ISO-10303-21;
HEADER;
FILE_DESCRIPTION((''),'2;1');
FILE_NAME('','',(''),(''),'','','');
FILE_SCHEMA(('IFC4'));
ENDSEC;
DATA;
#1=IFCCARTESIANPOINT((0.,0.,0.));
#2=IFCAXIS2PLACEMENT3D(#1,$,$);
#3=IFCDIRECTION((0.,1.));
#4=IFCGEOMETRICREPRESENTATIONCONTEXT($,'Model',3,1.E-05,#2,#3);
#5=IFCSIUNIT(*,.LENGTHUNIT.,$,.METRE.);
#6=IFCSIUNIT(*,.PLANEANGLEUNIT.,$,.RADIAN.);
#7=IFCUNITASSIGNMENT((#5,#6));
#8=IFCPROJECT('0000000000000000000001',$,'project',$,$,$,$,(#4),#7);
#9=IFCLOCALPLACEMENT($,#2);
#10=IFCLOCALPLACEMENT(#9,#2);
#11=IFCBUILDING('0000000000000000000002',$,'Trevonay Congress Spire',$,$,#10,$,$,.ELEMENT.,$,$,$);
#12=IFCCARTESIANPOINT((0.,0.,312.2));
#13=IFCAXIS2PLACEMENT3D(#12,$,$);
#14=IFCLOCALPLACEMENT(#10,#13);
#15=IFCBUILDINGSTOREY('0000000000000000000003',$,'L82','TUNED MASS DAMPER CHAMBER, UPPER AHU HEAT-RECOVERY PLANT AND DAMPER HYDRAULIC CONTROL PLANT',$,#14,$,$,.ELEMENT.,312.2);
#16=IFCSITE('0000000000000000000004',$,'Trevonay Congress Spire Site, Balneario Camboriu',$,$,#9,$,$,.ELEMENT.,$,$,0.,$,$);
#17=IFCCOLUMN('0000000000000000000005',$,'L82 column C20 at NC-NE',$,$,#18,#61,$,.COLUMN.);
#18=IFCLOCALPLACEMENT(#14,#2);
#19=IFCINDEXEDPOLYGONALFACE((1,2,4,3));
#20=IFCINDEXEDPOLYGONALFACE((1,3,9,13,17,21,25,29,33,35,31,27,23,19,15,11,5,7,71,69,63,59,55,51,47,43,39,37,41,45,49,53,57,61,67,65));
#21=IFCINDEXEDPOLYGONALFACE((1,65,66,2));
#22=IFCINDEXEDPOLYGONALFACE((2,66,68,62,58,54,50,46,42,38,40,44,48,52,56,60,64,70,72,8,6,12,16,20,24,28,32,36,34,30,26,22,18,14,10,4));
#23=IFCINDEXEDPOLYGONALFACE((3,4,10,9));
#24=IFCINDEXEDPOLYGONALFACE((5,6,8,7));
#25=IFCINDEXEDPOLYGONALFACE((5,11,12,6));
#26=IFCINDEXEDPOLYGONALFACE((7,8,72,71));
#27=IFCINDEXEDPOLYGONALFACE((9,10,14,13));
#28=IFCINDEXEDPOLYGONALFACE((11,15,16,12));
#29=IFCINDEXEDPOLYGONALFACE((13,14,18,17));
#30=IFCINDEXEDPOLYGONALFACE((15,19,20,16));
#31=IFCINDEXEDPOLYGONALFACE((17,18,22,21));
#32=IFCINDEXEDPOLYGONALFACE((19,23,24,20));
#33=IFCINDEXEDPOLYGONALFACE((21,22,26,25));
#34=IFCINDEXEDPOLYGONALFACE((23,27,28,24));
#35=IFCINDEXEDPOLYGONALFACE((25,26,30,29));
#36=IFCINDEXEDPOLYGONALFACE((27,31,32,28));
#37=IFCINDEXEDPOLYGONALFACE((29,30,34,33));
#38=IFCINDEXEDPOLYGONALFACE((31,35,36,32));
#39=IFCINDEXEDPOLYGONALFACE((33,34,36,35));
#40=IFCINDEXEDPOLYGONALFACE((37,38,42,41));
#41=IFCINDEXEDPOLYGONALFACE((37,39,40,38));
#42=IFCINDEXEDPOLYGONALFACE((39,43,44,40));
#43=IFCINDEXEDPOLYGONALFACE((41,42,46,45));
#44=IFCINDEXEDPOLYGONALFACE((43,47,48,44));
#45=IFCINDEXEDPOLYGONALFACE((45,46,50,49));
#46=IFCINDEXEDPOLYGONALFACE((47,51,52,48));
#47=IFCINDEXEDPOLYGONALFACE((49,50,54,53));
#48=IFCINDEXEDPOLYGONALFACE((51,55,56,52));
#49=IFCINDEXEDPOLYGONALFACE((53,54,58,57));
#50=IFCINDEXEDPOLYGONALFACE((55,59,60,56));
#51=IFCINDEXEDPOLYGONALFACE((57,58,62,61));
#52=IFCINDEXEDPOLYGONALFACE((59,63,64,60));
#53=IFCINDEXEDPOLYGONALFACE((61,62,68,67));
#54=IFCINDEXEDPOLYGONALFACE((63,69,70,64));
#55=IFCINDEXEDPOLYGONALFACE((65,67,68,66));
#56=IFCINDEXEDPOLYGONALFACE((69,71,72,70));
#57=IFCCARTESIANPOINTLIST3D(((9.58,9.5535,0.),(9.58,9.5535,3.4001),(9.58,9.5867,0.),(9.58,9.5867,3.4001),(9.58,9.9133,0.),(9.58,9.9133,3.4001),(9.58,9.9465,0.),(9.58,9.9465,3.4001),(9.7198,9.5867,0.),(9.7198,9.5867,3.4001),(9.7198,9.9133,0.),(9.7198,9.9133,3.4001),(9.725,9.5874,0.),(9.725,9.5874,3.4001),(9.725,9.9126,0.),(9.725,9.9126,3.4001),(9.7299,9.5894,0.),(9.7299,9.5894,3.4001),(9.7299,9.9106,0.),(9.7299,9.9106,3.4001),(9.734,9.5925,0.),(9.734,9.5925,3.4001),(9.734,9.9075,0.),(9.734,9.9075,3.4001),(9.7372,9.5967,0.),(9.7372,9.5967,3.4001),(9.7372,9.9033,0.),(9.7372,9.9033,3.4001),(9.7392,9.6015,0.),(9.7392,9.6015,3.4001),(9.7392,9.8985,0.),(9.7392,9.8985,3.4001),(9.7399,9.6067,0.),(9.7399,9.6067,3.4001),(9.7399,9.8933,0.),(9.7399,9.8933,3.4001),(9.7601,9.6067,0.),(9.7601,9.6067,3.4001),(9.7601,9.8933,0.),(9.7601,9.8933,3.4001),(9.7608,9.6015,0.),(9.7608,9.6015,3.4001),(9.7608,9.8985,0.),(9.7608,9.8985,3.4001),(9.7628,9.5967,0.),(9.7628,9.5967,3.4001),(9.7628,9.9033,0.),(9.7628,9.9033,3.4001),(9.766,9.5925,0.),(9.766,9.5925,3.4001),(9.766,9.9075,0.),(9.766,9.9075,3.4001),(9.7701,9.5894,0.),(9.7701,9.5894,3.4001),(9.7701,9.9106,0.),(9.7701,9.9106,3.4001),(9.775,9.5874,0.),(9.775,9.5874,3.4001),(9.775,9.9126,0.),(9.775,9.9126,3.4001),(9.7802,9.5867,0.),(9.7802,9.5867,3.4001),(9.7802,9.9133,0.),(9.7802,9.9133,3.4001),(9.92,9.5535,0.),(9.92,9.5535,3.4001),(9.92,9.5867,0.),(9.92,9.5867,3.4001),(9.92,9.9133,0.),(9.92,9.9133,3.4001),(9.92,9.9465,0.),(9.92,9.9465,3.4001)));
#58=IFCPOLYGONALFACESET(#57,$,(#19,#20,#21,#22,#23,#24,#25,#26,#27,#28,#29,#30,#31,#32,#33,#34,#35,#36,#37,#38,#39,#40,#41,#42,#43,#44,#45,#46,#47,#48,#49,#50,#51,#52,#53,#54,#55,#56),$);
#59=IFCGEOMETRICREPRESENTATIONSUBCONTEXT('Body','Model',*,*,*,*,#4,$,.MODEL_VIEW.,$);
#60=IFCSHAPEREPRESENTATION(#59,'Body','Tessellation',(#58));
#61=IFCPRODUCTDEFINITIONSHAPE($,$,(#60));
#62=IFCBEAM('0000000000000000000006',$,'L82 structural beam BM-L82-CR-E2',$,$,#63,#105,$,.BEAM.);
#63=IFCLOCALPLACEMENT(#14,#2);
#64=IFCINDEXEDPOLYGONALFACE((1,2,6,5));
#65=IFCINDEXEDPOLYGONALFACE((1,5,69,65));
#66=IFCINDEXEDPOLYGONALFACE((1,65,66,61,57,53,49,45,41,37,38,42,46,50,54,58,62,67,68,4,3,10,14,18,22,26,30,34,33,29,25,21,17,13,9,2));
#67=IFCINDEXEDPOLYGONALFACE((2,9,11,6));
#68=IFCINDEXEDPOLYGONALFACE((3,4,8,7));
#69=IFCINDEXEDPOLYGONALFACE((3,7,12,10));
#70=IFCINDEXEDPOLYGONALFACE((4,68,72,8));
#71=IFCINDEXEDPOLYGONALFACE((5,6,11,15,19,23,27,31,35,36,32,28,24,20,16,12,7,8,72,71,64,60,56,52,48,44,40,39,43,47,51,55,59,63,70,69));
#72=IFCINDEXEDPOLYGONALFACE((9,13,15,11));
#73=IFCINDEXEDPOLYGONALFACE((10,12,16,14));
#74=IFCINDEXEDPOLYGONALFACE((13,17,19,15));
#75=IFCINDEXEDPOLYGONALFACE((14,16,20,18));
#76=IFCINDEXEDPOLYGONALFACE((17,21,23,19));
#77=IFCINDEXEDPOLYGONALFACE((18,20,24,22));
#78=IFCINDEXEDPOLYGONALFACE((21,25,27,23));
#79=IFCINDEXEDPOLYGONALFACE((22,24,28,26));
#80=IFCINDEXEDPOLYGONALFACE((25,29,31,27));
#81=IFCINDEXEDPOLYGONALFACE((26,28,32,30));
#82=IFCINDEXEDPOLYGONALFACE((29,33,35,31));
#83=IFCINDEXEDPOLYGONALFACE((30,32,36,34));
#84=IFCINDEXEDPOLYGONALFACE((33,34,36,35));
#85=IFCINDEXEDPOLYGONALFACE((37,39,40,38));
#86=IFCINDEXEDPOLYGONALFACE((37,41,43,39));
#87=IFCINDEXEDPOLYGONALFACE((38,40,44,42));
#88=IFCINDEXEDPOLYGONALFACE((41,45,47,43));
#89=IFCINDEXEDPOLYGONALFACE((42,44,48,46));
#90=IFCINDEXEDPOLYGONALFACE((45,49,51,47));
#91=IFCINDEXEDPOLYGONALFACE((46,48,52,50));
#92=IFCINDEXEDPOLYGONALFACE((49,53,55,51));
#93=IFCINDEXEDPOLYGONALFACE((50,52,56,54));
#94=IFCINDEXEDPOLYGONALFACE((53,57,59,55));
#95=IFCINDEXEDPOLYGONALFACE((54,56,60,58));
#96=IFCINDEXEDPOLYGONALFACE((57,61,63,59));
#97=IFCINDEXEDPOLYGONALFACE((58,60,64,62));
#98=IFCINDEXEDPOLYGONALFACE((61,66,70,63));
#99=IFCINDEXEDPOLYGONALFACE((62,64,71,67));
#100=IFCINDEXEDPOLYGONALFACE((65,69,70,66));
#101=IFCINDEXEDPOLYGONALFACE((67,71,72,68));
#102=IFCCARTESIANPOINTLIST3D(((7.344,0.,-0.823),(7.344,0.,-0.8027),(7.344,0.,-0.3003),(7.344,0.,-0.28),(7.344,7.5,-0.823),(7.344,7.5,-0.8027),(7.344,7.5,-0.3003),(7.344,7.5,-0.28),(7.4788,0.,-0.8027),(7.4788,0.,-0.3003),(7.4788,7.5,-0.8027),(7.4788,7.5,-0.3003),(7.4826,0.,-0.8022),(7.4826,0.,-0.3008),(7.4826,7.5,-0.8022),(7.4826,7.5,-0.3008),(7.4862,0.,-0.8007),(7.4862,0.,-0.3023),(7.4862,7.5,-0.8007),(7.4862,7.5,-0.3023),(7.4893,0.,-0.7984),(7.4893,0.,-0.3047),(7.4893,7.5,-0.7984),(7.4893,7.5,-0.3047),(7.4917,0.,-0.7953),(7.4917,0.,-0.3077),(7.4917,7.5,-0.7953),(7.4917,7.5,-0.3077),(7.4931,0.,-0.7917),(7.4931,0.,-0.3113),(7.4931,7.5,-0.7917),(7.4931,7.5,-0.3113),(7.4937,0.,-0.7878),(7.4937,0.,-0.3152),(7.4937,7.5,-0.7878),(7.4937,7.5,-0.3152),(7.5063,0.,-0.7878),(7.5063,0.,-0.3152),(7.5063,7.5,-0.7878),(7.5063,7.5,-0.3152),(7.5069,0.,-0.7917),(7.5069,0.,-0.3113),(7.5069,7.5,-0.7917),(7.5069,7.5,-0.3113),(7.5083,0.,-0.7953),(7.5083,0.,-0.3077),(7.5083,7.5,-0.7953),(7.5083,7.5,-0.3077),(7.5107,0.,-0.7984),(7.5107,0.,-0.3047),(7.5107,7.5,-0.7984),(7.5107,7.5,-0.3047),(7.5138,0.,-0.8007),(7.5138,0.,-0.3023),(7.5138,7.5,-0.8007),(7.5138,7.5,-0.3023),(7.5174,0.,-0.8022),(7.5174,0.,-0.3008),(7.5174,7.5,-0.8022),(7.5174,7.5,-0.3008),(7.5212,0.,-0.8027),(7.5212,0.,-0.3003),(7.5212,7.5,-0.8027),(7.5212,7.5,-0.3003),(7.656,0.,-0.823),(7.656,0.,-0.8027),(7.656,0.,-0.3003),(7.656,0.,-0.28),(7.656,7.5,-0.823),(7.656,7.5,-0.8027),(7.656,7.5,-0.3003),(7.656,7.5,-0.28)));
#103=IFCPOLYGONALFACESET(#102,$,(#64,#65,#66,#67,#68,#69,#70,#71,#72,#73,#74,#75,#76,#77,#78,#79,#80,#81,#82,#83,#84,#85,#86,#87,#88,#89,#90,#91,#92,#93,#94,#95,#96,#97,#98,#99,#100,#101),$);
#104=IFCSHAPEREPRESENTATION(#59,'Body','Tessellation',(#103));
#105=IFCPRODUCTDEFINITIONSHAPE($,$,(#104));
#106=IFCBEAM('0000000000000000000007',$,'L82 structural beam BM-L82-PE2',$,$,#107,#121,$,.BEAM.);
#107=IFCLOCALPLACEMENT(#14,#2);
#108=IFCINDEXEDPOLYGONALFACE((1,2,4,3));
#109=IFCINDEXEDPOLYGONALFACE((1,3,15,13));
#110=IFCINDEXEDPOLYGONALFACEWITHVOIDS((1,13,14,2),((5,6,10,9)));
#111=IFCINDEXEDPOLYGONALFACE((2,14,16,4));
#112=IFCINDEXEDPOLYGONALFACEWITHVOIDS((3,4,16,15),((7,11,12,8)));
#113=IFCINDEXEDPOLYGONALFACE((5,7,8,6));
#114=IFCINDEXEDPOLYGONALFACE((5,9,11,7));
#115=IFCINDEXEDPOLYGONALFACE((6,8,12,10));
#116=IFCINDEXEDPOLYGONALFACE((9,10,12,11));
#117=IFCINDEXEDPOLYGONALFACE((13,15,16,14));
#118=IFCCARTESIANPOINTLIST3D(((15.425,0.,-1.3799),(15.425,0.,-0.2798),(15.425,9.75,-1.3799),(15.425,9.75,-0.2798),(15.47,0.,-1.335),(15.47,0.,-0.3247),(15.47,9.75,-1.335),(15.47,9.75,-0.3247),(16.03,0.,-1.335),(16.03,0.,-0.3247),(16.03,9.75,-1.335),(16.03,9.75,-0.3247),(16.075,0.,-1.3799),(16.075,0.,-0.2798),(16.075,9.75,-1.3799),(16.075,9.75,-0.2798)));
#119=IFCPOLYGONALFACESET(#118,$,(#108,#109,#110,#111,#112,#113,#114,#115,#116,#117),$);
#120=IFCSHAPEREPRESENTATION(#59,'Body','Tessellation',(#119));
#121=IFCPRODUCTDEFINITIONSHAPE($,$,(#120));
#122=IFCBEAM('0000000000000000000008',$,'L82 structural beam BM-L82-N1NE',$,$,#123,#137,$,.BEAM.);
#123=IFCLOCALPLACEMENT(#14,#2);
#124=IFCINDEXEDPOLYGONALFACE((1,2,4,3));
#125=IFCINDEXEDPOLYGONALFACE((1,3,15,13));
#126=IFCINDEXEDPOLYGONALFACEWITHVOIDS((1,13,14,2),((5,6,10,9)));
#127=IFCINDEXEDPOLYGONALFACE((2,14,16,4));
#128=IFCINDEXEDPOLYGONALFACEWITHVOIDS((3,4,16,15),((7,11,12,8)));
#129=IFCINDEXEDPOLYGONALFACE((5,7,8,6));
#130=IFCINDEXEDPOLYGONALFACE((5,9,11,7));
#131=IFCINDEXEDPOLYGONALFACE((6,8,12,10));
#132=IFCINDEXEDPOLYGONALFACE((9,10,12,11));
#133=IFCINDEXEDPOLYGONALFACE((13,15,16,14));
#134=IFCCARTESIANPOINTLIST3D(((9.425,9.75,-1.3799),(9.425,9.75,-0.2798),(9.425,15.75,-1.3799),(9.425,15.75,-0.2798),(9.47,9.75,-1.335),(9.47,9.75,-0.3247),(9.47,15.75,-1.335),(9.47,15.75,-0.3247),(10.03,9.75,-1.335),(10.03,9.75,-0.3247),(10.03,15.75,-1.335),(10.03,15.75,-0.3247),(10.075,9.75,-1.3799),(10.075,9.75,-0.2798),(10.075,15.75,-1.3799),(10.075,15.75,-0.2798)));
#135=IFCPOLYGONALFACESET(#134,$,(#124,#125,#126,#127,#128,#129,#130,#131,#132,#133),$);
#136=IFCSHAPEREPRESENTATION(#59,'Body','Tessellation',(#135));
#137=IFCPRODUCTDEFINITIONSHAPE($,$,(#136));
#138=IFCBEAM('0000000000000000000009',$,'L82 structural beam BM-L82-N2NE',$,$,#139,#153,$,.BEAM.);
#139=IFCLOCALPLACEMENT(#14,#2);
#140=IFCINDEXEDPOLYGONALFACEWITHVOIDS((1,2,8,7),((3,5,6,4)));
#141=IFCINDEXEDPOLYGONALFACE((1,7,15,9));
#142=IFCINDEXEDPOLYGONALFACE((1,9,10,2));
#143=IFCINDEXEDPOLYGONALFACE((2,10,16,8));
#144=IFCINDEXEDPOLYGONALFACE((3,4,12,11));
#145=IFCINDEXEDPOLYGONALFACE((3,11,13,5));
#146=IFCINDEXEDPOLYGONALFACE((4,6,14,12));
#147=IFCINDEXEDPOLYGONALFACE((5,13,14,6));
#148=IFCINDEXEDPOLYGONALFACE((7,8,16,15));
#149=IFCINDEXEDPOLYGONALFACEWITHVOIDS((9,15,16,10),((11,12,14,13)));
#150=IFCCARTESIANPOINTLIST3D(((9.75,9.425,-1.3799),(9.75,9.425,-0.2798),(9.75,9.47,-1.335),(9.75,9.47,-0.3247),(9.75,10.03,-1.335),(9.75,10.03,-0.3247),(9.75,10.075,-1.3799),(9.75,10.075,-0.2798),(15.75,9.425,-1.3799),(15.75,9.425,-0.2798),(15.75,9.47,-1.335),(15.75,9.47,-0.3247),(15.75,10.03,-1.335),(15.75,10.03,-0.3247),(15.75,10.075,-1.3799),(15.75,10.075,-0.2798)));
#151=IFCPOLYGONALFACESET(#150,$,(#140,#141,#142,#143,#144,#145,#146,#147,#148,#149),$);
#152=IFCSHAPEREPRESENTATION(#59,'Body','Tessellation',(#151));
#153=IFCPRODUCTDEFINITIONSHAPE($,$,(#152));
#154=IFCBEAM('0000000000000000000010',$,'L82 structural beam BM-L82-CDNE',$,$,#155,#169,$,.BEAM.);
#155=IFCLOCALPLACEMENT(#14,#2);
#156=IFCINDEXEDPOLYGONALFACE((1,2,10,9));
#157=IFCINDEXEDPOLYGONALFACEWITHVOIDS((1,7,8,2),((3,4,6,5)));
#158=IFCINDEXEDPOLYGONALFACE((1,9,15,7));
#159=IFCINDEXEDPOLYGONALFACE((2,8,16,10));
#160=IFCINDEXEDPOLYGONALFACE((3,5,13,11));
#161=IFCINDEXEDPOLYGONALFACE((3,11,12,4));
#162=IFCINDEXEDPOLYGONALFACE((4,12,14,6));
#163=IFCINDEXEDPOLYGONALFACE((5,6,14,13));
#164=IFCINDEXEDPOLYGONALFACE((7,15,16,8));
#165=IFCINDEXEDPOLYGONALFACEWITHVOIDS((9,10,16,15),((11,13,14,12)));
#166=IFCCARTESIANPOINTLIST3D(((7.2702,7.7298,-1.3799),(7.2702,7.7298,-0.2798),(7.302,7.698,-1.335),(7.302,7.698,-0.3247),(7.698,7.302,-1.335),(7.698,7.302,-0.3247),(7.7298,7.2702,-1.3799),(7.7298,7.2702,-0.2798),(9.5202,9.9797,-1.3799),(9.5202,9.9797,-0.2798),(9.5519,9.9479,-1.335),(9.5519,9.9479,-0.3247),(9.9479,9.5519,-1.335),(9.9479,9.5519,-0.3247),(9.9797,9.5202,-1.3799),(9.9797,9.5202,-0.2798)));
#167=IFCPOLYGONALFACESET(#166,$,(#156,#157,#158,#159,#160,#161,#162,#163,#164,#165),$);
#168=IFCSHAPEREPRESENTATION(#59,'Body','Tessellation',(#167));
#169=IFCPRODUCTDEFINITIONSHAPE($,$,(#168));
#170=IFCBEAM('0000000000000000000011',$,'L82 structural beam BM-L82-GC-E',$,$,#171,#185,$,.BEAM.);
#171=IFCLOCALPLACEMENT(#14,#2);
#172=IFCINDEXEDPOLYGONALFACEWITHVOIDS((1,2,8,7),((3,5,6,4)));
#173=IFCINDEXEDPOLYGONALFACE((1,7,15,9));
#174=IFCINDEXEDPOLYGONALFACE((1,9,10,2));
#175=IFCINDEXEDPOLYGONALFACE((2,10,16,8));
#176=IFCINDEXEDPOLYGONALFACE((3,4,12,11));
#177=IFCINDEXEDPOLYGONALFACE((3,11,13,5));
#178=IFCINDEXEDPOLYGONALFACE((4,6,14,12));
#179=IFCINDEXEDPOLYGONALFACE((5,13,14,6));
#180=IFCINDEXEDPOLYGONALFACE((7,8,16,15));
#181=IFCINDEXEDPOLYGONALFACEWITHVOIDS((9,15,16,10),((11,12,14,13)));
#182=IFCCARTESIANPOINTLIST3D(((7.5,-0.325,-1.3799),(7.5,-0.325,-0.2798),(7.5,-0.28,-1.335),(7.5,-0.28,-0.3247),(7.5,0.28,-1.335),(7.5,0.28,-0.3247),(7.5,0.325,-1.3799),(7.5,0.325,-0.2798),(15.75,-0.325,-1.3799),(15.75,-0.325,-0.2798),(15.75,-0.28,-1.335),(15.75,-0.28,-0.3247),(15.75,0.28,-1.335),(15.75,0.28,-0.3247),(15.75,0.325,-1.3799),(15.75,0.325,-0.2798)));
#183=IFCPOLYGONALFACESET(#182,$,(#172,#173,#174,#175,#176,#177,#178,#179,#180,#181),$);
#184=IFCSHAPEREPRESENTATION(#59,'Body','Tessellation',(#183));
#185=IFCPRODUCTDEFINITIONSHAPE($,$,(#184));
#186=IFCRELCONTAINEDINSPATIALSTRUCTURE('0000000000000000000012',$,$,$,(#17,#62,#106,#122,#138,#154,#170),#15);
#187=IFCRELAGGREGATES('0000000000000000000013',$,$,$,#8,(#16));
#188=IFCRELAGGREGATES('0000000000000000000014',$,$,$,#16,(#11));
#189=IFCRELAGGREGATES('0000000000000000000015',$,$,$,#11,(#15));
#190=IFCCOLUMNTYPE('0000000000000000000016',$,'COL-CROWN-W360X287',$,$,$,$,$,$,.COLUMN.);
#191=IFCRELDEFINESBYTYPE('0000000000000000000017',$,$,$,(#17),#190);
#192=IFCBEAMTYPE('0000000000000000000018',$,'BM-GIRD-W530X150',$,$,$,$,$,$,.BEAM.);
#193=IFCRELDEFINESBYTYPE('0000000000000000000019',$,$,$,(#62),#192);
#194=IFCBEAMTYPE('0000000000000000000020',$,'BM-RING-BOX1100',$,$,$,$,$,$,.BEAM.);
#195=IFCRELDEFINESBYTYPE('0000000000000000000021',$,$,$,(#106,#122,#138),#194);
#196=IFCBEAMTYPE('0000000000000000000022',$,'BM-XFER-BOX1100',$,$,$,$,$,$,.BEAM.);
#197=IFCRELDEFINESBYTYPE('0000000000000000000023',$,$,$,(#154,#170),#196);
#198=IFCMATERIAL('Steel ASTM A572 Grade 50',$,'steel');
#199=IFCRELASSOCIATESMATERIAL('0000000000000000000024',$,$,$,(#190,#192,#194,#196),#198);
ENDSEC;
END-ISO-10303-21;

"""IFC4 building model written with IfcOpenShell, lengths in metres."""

from ifc_helpers import new_model, si_unit, direction, frame, origin, origin_2d, place, context, subcontext, project, spatial, hollow_rectangle, i_section, extrude, material, material_profile, profile_set, type_object, element, save


model = new_model("IFC4")

# Units and contexts
model_context = context("Model", 3, precision=1e-05, world=origin(), true_north=direction((0.0, 1.0)))
body_context = subcontext(model_context, "Body", "Model", "MODEL_VIEW")
ifc_project = project(units=[si_unit("LENGTHUNIT", "METRE"), si_unit("PLANEANGLEUNIT", "RADIAN")], contexts=[model_context])

# Site, building, storey
site_placement = place(None, origin())
site = spatial("IfcSite", under=ifc_project, at=site_placement, Name="Trevonay Congress Spire Site, Balneario Camboriu", CompositionType="ELEMENT", RefElevation=0.0)
building_placement = place(site_placement, origin())
building = spatial("IfcBuilding", under=site, at=building_placement, Name="Trevonay Congress Spire", CompositionType="ELEMENT")
storey_placement = place(building_placement, frame((0.0, 0.0, 312.2)))
storey = spatial("IfcBuildingStorey", under=building, at=storey_placement, Name="L82", Description="TUNED MASS DAMPER CHAMBER, UPPER AHU HEAT-RECOVERY PLANT AND DAMPER HYDRAULIC CONTROL PLANT", CompositionType="ELEMENT", Elevation=312.2)

# Column
ifc_material_1 = material(Name="Steel ASTM A572 Grade 50", Category="steel")
ifc_material_profile_1 = material_profile(ifc_material_1, i_section(OverallWidth=0.3401, OverallDepth=0.3931, WebThickness=0.0203, FlangeThickness=0.0332, FilletRadius=0.02, at=origin_2d()), Name="W360x287")
ifc_profile_set_1 = profile_set([ifc_material_profile_1], Name="Steel ASTM A572 Grade 50")
column_type_1 = type_object("IfcColumnType", Name="COL-CROWN-W360X287", PredefinedType="COLUMN", material=ifc_profile_set_1)
column_1_placement = place(storey_placement, frame((9.75, 9.75, 0.0), z_axis=(0.0, 0.0, 1.0), x_axis=(1.0, 0.0, 0.0)))
element("IfcColumn", 1, at=column_1_placement, inside=storey, type_object=column_type_1, Name="L82 column C20 at NC-NE", PredefinedType="COLUMN", context=body_context, shape_type="SweptSolid", body=[
    extrude(i_section(OverallWidth=0.3401, OverallDepth=0.3931, WebThickness=0.0203, FlangeThickness=0.0332, FilletRadius=0.02, at=origin_2d()), origin(), (0.0, 0.0, 1.0), 3.4001),
])

# Beams
ifc_material_profile_2 = material_profile(ifc_material_1, i_section(OverallWidth=0.312, OverallDepth=0.543, WebThickness=0.0127, FlangeThickness=0.0203, FilletRadius=0.0149, at=origin_2d()), Name="W530x150")
ifc_profile_set_2 = profile_set([ifc_material_profile_2], Name="Steel ASTM A572 Grade 50")
beam_type_1 = type_object("IfcBeamType", Name="BM-GIRD-W530X150", PredefinedType="BEAM", material=ifc_profile_set_2)
beam_1_placement = place(storey_placement, frame((7.5, 0.0, -0.5515), z_axis=(0.0, 1.0, 0.0), x_axis=(-1.0, 0.0, 0.0)))
element("IfcBeam", 2, at=beam_1_placement, inside=storey, type_object=beam_type_1, Name="L82 structural beam BM-L82-CR-E2", PredefinedType="BEAM", context=body_context, shape_type="SweptSolid", body=[
    extrude(i_section(OverallWidth=0.312, OverallDepth=0.543, WebThickness=0.0127, FlangeThickness=0.0203, FilletRadius=0.0149, at=origin_2d()), origin(), (0.0, 0.0, 1.0), 7.5),
])
ifc_material_profile_3 = material_profile(ifc_material_1, hollow_rectangle(XDim=0.6499, YDim=1.1001, WallThickness=0.0449, at=origin_2d()), Name="BOX 1100x650x45")
ifc_profile_set_3 = profile_set([ifc_material_profile_3], Name="Steel ASTM A572 Grade 50")
beam_type_2 = type_object("IfcBeamType", Name="BM-RING-BOX1100", PredefinedType="BEAM", material=ifc_profile_set_3)
beam_2_placement = place(storey_placement, frame((15.75, 0.0, -0.8298), z_axis=(0.0, 1.0, 0.0), x_axis=(-1.0, 0.0, 0.0)))
element("IfcBeam", 3, at=beam_2_placement, inside=storey, type_object=beam_type_2, Name="L82 structural beam BM-L82-PE2", PredefinedType="BEAM", context=body_context, shape_type="SweptSolid", body=[
    extrude(hollow_rectangle(XDim=0.6499, YDim=1.1001, WallThickness=0.0449, at=origin_2d()), origin(), (0.0, 0.0, 1.0), 9.75),
])
for number, where, z_axis, x_axis, name in (
    (4, (9.75, 15.75, -0.8298), (0.0, -1.0, 0.0), (1.0, 0.0, 0.0), "L82 structural beam BM-L82-N1NE"),
    (5, (15.75, 9.75, -0.8298), (-1.0, 0.0, 0.0), (0.0, -1.0, 0.0), "L82 structural beam BM-L82-N2NE"),
):
    element("IfcBeam", number, at=place(storey_placement, frame(where, z_axis=z_axis, x_axis=x_axis)), inside=storey, type_object=beam_type_2, Name=name, PredefinedType="BEAM", context=body_context, shape_type="SweptSolid", body=[
        extrude(hollow_rectangle(XDim=0.6499, YDim=1.1001, WallThickness=0.0449, at=origin_2d()), origin(), (0.0, 0.0, 1.0), 6.0),
    ])
ifc_material_profile_4 = material_profile(ifc_material_1, hollow_rectangle(XDim=0.6499, YDim=1.1001, WallThickness=0.0449, at=origin_2d()), Name="BOX 1100x650x45")
ifc_profile_set_4 = profile_set([ifc_material_profile_4], Name="Steel ASTM A572 Grade 50")
beam_type_3 = type_object("IfcBeamType", Name="BM-XFER-BOX1100", PredefinedType="BEAM", material=ifc_profile_set_4)
beam_3_placement = place(storey_placement, frame((7.5, 7.5, -0.8298), z_axis=(0.707107, 0.707107, 0.0), x_axis=(-0.707107, 0.707107, 0.0)))
element("IfcBeam", 6, at=beam_3_placement, inside=storey, type_object=beam_type_3, Name="L82 structural beam BM-L82-CDNE", PredefinedType="BEAM", context=body_context, shape_type="SweptSolid", body=[
    extrude(hollow_rectangle(XDim=0.6499, YDim=1.1001, WallThickness=0.0449, at=origin_2d()), origin(), (0.0, 0.0, 1.0), 3.1819),
])
beam_4_placement = place(storey_placement, frame((7.5, 0.0, -0.8298), z_axis=(1.0, 0.0, 0.0), x_axis=(0.0, 1.0, 0.0)))
element("IfcBeam", 7, at=beam_4_placement, inside=storey, type_object=beam_type_3, Name="L82 structural beam BM-L82-GC-E", PredefinedType="BEAM", context=body_context, shape_type="SweptSolid", body=[
    extrude(hollow_rectangle(XDim=0.6499, YDim=1.1001, WallThickness=0.0449, at=origin_2d()), origin(), (0.0, 0.0, 1.0), 8.25),
])

save(model, "model.ifc")
